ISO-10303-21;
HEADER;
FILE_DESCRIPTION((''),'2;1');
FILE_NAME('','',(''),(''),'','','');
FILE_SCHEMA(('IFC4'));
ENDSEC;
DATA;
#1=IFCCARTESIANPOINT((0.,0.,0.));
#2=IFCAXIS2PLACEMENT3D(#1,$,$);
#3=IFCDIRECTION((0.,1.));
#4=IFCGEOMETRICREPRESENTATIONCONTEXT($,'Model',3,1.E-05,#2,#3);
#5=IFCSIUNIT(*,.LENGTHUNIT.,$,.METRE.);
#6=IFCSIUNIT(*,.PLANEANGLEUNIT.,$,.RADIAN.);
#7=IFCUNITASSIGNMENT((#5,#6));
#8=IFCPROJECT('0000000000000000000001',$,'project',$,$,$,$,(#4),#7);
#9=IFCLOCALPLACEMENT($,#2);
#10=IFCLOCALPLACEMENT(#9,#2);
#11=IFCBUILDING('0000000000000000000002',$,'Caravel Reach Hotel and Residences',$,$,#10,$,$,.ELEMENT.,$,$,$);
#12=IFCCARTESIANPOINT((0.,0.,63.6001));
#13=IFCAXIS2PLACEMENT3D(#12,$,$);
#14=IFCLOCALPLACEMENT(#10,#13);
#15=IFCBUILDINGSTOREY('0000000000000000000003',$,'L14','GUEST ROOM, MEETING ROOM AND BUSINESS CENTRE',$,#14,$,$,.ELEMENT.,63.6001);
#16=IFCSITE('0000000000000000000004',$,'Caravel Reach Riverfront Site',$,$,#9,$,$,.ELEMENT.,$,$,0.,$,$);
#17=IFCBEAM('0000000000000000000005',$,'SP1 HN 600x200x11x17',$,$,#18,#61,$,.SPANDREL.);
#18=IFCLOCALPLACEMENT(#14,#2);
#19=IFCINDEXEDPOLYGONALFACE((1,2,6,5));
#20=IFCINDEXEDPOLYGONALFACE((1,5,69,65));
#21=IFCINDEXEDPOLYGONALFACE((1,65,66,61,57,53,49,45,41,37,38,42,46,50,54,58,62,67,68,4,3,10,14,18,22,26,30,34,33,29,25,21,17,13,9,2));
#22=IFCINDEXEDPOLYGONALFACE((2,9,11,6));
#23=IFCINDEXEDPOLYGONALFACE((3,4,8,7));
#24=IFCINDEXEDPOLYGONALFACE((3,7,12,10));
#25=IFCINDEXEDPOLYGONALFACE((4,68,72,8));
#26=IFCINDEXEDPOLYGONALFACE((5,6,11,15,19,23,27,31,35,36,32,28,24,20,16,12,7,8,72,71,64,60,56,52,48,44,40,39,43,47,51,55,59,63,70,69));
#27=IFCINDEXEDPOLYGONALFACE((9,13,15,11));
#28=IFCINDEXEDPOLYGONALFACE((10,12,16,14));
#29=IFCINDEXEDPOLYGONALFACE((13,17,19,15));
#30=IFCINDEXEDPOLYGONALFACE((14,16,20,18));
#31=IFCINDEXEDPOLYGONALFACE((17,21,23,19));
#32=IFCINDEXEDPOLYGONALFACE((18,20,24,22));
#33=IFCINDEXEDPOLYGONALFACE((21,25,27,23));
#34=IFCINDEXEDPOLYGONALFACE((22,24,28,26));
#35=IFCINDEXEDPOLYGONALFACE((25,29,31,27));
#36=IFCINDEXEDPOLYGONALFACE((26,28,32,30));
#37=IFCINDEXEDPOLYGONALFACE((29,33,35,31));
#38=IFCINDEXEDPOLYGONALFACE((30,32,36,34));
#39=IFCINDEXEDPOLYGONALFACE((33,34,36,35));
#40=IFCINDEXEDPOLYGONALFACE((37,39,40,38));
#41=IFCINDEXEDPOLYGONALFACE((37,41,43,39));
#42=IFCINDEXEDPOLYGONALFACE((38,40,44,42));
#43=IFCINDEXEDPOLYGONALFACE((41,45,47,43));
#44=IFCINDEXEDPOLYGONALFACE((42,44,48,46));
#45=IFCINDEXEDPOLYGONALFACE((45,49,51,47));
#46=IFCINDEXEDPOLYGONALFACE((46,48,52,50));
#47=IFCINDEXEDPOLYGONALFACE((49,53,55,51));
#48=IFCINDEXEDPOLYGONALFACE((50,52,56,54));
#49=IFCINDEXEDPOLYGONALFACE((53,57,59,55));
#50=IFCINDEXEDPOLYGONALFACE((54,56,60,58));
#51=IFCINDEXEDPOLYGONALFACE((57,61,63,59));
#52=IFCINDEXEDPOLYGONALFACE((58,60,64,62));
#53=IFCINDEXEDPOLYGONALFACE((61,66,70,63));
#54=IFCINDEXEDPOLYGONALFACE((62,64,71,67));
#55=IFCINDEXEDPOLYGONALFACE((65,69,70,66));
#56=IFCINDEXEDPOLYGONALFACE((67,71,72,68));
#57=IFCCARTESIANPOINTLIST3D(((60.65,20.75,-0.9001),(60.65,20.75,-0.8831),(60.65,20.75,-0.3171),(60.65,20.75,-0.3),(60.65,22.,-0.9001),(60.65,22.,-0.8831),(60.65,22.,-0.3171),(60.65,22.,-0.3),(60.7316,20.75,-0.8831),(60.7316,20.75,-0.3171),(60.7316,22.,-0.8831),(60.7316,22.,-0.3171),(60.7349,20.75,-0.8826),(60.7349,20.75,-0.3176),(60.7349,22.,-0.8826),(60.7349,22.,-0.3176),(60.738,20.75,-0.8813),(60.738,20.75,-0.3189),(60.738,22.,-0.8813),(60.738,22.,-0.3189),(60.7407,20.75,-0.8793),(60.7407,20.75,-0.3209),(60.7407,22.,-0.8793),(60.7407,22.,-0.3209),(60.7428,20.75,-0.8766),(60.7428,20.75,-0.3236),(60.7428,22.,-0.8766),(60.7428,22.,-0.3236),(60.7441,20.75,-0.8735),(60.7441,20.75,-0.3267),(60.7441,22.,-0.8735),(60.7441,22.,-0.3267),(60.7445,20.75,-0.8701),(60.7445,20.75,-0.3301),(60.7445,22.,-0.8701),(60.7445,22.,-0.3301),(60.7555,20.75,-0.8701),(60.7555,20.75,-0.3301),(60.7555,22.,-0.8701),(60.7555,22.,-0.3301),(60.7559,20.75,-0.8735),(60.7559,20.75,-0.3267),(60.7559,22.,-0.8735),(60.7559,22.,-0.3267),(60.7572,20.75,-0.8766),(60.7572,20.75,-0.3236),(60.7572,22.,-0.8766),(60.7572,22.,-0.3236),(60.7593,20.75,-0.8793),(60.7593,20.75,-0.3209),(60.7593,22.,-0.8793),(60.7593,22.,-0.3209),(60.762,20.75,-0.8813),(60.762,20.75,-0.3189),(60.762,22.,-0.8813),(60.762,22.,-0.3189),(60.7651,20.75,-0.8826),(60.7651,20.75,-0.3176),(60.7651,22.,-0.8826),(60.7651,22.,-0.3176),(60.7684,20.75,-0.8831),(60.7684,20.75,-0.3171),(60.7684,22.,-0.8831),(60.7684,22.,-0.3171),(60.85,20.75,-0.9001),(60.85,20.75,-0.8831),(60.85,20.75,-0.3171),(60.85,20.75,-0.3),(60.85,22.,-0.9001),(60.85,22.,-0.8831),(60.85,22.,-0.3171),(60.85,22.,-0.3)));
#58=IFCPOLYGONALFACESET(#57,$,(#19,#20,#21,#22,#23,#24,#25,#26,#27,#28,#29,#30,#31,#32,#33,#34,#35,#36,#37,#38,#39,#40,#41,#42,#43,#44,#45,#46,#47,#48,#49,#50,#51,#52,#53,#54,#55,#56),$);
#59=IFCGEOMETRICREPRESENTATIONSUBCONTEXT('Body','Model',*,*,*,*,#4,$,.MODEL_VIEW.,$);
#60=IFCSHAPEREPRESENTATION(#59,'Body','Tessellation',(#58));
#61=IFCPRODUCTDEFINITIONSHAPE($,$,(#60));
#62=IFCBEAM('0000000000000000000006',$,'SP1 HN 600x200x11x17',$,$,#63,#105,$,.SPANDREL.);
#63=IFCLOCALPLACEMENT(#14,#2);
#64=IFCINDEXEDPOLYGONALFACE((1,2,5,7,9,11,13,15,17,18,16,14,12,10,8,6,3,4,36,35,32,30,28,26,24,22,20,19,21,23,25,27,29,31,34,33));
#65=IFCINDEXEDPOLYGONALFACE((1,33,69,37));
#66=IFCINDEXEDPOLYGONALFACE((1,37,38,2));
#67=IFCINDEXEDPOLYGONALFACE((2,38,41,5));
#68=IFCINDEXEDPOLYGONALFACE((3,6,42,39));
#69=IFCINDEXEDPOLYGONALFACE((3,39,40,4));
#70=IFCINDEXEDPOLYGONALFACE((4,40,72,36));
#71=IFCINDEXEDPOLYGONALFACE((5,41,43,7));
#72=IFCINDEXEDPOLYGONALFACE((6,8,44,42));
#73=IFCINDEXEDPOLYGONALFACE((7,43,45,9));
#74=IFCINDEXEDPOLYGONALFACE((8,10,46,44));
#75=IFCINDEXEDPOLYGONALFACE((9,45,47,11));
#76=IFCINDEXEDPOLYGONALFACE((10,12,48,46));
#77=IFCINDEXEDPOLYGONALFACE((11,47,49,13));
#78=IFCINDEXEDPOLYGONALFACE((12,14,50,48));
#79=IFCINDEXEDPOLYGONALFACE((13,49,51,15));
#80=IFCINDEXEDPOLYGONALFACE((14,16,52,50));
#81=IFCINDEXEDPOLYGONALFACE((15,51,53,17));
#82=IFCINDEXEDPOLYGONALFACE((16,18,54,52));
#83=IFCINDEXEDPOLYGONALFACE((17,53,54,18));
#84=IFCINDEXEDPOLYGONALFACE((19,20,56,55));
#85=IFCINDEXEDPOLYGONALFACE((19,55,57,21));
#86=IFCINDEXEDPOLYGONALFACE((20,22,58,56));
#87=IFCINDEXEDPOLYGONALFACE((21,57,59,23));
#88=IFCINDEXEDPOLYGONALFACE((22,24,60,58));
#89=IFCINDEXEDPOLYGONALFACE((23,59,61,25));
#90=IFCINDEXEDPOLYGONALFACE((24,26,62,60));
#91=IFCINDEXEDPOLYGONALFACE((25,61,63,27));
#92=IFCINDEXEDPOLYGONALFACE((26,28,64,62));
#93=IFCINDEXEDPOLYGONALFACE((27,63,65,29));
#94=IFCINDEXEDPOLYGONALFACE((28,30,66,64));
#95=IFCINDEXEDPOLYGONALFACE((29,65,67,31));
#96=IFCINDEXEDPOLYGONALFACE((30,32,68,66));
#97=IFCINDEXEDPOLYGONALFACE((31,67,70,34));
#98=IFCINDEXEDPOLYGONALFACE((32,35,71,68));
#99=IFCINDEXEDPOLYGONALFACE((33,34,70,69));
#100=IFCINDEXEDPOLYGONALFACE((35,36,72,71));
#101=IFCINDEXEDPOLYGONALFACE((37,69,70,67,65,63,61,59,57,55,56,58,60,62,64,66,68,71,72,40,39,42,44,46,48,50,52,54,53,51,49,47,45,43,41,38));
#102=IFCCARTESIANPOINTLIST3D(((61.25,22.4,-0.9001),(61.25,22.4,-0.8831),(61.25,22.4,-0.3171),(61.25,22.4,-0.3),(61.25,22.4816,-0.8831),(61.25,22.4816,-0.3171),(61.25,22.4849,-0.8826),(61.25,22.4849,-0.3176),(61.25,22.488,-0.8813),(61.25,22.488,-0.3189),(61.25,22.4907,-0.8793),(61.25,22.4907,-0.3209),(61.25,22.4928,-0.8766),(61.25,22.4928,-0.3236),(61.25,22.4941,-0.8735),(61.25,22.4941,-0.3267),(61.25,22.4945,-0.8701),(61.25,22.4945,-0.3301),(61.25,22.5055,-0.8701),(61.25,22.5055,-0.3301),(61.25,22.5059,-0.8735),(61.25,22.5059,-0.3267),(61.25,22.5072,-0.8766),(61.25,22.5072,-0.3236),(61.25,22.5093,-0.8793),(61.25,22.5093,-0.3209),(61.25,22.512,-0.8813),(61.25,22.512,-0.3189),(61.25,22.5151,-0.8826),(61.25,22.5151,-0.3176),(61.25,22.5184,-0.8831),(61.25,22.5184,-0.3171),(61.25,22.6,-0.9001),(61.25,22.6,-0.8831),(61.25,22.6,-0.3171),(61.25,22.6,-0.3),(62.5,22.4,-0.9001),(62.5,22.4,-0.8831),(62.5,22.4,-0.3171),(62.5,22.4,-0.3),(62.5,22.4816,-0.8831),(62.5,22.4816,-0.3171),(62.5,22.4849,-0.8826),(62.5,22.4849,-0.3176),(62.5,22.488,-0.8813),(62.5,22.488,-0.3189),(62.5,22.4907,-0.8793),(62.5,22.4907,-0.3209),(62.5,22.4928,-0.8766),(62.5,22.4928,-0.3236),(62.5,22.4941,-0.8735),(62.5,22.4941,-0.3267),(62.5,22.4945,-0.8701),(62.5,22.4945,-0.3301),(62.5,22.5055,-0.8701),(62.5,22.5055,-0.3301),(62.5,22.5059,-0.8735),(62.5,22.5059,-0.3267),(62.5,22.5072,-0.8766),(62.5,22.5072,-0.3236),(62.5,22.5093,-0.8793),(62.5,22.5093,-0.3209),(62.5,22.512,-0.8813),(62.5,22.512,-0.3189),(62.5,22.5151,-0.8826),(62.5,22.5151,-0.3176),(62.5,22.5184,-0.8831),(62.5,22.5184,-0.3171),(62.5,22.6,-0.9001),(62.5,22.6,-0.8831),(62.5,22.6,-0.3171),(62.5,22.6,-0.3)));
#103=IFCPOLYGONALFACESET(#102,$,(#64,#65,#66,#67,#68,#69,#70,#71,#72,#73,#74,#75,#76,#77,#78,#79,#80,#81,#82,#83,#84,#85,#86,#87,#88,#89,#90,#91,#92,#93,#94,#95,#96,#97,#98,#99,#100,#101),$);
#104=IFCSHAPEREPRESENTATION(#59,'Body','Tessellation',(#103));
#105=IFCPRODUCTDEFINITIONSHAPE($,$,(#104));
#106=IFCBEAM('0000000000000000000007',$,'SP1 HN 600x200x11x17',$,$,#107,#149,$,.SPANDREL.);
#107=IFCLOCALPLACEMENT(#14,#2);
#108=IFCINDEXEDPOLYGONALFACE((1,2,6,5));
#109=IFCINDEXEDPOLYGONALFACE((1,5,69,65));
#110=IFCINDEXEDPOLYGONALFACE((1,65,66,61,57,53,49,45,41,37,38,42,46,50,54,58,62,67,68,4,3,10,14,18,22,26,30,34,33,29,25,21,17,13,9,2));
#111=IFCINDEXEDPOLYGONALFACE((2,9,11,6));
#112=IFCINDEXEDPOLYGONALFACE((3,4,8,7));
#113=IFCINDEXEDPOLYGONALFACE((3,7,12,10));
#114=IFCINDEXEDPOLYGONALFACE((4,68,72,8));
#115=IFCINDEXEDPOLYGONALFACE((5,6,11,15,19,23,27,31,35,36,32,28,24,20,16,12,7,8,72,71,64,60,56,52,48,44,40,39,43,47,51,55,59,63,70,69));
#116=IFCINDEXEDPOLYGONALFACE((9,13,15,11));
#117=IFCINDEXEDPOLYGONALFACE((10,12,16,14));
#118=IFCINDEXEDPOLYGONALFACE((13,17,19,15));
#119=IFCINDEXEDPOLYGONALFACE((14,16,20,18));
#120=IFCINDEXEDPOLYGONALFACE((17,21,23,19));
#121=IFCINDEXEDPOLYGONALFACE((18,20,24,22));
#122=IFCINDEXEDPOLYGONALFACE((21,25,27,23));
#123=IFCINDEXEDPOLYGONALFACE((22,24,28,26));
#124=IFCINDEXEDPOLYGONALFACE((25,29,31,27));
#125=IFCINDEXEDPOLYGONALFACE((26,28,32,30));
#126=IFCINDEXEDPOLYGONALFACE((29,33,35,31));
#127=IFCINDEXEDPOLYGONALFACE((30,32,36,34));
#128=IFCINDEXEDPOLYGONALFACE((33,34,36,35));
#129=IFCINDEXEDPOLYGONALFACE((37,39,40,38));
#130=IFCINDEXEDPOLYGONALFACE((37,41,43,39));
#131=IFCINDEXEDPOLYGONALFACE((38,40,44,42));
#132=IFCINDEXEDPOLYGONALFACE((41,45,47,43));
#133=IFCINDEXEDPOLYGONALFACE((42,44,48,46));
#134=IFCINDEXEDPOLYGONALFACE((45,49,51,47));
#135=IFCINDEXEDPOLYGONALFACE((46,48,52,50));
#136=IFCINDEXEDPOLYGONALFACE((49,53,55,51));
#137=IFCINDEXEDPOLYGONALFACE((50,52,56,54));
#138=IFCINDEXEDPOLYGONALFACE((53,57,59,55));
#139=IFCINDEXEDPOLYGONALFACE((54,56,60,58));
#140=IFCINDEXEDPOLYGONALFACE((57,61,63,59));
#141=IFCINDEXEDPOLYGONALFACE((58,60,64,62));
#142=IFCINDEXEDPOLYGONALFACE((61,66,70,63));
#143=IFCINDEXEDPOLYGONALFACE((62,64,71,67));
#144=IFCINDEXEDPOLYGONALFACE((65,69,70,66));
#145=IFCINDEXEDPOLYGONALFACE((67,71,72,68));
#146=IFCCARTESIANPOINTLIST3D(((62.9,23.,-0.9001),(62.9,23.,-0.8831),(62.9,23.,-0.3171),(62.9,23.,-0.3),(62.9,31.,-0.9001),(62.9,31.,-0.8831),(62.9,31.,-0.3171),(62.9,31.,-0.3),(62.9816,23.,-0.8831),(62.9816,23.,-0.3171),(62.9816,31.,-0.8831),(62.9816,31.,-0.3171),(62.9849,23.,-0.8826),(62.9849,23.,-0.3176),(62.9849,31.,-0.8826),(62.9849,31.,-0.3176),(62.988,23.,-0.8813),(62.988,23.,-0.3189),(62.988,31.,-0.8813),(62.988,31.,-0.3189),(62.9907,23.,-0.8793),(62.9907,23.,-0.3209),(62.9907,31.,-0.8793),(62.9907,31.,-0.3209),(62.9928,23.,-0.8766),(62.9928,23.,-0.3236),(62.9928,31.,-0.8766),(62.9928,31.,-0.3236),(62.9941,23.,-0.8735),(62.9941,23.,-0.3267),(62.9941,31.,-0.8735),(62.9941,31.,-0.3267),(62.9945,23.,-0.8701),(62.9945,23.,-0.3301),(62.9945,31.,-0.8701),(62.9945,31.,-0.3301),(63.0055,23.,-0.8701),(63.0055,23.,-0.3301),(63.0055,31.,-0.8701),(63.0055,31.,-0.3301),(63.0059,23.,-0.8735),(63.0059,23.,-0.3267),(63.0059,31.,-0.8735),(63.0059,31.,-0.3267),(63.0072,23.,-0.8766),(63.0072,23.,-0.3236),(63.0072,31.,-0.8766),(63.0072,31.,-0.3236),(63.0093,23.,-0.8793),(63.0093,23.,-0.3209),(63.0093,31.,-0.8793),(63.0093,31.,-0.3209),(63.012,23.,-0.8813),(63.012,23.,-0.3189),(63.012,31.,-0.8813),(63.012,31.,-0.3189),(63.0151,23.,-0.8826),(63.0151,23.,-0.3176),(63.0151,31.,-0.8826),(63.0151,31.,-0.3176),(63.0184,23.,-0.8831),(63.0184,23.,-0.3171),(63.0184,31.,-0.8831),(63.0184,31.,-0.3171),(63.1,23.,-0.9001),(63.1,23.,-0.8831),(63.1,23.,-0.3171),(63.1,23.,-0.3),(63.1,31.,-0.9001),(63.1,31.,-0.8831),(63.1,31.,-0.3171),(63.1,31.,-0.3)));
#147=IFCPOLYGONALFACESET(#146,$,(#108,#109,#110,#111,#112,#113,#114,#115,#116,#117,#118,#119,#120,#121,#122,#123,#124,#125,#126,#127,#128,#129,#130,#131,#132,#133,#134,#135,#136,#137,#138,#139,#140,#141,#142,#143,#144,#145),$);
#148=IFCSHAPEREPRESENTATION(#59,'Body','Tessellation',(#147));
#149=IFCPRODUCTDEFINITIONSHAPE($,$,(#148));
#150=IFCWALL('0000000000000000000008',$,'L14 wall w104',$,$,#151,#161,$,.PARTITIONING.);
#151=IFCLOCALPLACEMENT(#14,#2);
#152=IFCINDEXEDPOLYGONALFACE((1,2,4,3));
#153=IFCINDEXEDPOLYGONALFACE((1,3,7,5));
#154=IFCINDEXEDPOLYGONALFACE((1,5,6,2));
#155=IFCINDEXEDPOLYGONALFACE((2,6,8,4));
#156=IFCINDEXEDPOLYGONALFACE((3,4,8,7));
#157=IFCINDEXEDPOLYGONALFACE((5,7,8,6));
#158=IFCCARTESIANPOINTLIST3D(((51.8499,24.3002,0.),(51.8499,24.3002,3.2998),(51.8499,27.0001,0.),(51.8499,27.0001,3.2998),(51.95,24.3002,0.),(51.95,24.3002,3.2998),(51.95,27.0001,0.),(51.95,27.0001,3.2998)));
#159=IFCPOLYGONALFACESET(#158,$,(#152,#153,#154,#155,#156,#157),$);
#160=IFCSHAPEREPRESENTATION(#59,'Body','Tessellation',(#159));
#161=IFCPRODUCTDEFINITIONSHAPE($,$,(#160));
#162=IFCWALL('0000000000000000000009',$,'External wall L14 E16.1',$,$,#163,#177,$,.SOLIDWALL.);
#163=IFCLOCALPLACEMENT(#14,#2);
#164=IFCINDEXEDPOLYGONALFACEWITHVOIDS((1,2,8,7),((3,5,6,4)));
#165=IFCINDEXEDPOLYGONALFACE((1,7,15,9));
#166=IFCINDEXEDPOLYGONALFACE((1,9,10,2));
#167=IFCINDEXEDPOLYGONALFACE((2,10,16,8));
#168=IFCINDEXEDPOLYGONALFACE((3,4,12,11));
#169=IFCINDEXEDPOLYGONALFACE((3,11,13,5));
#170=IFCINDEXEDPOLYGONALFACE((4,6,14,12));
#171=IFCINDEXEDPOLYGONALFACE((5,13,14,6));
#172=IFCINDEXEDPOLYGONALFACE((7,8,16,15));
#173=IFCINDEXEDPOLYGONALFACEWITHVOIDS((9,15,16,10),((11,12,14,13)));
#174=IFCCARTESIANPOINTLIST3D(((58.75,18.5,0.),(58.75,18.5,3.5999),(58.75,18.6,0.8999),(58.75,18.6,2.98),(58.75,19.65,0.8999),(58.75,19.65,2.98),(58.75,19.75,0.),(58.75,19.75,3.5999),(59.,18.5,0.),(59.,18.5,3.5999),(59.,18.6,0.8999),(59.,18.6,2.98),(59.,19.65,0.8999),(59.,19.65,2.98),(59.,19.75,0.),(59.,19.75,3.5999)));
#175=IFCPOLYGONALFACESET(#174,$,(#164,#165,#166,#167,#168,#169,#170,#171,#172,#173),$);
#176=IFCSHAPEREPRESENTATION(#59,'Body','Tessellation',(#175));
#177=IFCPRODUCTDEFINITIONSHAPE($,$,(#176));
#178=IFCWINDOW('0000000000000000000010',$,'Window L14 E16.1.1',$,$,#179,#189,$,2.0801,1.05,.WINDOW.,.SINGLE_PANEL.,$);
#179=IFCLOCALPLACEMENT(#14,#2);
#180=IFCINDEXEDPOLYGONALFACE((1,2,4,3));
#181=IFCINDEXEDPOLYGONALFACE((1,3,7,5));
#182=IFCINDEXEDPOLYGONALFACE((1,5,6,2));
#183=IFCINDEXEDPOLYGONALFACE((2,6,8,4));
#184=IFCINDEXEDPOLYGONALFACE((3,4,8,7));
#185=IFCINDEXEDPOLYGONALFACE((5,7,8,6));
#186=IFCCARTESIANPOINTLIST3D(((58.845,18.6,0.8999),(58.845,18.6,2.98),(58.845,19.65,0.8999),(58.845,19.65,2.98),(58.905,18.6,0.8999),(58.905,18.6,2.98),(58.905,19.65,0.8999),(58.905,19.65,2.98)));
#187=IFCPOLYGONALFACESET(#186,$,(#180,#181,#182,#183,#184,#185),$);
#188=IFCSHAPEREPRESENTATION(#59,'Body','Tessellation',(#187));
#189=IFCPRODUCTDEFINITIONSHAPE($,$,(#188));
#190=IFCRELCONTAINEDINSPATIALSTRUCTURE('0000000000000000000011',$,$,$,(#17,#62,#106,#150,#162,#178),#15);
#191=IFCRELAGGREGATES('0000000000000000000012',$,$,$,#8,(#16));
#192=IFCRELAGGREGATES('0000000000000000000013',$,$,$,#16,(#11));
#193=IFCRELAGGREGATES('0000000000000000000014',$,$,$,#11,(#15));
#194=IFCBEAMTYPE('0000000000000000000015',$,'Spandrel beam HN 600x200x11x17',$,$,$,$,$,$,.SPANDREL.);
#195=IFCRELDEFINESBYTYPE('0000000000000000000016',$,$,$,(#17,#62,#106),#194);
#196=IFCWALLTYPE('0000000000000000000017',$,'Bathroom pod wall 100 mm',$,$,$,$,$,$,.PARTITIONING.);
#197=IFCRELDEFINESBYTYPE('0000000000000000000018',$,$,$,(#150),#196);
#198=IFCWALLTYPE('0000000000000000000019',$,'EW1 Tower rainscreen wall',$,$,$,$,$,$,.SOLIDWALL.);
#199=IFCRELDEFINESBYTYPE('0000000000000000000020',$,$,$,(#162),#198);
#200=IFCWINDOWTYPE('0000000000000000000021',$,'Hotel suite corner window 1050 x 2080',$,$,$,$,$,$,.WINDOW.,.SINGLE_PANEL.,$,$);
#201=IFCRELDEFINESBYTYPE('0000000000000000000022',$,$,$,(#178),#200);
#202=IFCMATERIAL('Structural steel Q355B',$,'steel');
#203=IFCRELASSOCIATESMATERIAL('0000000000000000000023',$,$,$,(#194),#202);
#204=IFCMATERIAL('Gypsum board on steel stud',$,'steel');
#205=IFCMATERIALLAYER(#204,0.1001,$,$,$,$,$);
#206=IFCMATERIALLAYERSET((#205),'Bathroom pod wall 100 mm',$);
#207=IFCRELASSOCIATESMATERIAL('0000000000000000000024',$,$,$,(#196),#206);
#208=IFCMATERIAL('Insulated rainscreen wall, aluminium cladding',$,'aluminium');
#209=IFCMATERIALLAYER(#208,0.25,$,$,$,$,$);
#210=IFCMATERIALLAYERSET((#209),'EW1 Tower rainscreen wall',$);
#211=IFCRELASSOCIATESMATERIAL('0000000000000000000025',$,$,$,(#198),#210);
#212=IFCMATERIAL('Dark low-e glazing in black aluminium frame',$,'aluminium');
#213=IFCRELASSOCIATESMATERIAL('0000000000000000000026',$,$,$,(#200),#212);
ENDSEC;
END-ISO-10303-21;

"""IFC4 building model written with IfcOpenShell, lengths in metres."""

from ifc_helpers import new_model, si_unit, direction, frame, frame_2d, origin, origin_2d, place, context, subcontext, project, spatial, rectangle, i_section, extrude, material, layer, layer_set, material_profile, profile_set, type_object, element, fill, save


model = new_model("IFC4")

# Units and contexts
model_context = context("Model", 3, precision=1e-05, world=origin(), true_north=direction((0.0, 1.0)))
body_context = subcontext(model_context, "Body", "Model", "MODEL_VIEW")
ifc_project = project(units=[si_unit("LENGTHUNIT", "METRE"), si_unit("PLANEANGLEUNIT", "RADIAN")], contexts=[model_context])

# Site, building, storey
site_placement = place(None, origin())
site = spatial("IfcSite", under=ifc_project, at=site_placement, Name="Caravel Reach Riverfront Site", CompositionType="ELEMENT", RefElevation=0.0)
building_placement = place(site_placement, origin())
building = spatial("IfcBuilding", under=site, at=building_placement, Name="Caravel Reach Hotel and Residences", CompositionType="ELEMENT")
storey_placement = place(building_placement, frame((0.0, 0.0, 63.6001)))
storey = spatial("IfcBuildingStorey", under=building, at=storey_placement, Name="L14", Description="GUEST ROOM, MEETING ROOM AND BUSINESS CENTRE", CompositionType="ELEMENT", Elevation=63.6001)

# Beams
ifc_material_1 = material(Name="Structural steel Q355B", Category="steel")
ifc_material_profile_1 = material_profile(ifc_material_1, i_section(OverallWidth=0.2, OverallDepth=0.6001, WebThickness=0.011, FlangeThickness=0.0171, FilletRadius=0.0129, at=origin_2d()), Name="HN 600x200x11x17")
ifc_profile_set_1 = profile_set([ifc_material_profile_1], Name="Structural steel Q355B")
beam_type = type_object("IfcBeamType", Name="Spandrel beam HN 600x200x11x17", PredefinedType="SPANDREL", material=ifc_profile_set_1)
for number, where, z_axis, x_axis, name in (
    (1, (60.75, 20.75, -0.6001), (0.0, 1.0, 0.0), (-1.0, 0.0, 0.0), "SP1 HN 600x200x11x17"),
    (2, (61.25, 22.5, -0.6001), (1.0, 0.0, 0.0), (0.0, 1.0, 0.0), "SP1 HN 600x200x11x17"),
):
    element("IfcBeam", number, at=place(storey_placement, frame(where, z_axis=z_axis, x_axis=x_axis)), inside=storey, type_object=beam_type, Name=name, PredefinedType="SPANDREL", context=body_context, shape_type="SweptSolid", body=[
        extrude(i_section(OverallWidth=0.2, OverallDepth=0.6001, WebThickness=0.011, FlangeThickness=0.0171, FilletRadius=0.0129, at=origin_2d()), origin(), (0.0, 0.0, 1.0), 1.25),
    ])
beam_placement = place(storey_placement, frame((63.0, 23.0, -0.6001), z_axis=(0.0, 1.0, 0.0), x_axis=(-1.0, 0.0, 0.0)))
element("IfcBeam", 3, at=beam_placement, inside=storey, type_object=beam_type, Name="SP1 HN 600x200x11x17", PredefinedType="SPANDREL", context=body_context, shape_type="SweptSolid", body=[
    extrude(i_section(OverallWidth=0.2, OverallDepth=0.6001, WebThickness=0.011, FlangeThickness=0.0171, FilletRadius=0.0129, at=origin_2d()), origin(), (0.0, 0.0, 1.0), 8.0),
])

# Wall
ifc_material_2 = material(Name="Gypsum board on steel stud", Category="steel")
ifc_layer_1 = layer(ifc_material_2, 0.1001)
ifc_layer_set_1 = layer_set([ifc_layer_1], Name="Bathroom pod wall 100 mm")
wall_type_1 = type_object("IfcWallType", Name="Bathroom pod wall 100 mm", PredefinedType="PARTITIONING", material=ifc_layer_set_1)
wall_1_placement = place(storey_placement, frame((51.8999, 24.3, 0.0), z_axis=(0.0, 0.0, 1.0), x_axis=(0.0, 1.0, 0.0)))
element("IfcWall", 4, at=wall_1_placement, inside=storey, type_object=wall_type_1, Name="L14 wall w104", PredefinedType="PARTITIONING", context=body_context, shape_type="SweptSolid", body=[
    extrude(rectangle(XDim=2.7, YDim=0.1001, at=frame_2d((1.3501, 0.0))), origin(), (0.0, 0.0, 1.0), 3.2998),
])

# Wall, opening, window
ifc_material_3 = material(Name="Insulated rainscreen wall, aluminium cladding", Category="aluminium")
ifc_layer_2 = layer(ifc_material_3, 0.25)
ifc_layer_set_2 = layer_set([ifc_layer_2], Name="EW1 Tower rainscreen wall")
wall_type_2 = type_object("IfcWallType", Name="EW1 Tower rainscreen wall", PredefinedType="SOLIDWALL", material=ifc_layer_set_2)
wall_2_placement = place(storey_placement, frame((58.875, 18.5, 0.0), z_axis=(0.0, 0.0, 1.0), x_axis=(0.0, 1.0, 0.0)))
wall_2 = element("IfcWall", 5, at=wall_2_placement, inside=storey, type_object=wall_type_2, Name="External wall L14 E16.1", PredefinedType="SOLIDWALL", context=body_context, shape_type="SweptSolid", body=[
    extrude(rectangle(XDim=1.25, YDim=0.25, at=frame_2d((0.625, 0.0))), origin(), (0.0, 0.0, 1.0), 3.5999),
])
opening_1_placement = place(wall_2_placement, frame((0.1001, 0.0, 0.8999)))
opening_1 = element("IfcOpeningElement", 6, at=opening_1_placement, cuts=wall_2, PredefinedType="OPENING", context=body_context, shape_type="SweptSolid", body=[
    extrude(rectangle(XDim=1.05, YDim=2.0801, at=frame_2d((0.5249, 1.04))), frame((0.0, 0.135, 0.0), z_axis=(0.0, -1.0, 0.0), x_axis=(1.0, 0.0, 0.0)), (0.0, 0.0, 1.0), 0.27),
])
ifc_material_4 = material(Name="Dark low-e glazing in black aluminium frame", Category="aluminium")
window_type_1 = type_object("IfcWindowType", Name="Hotel suite corner window 1050 x 2080", PartitioningType="SINGLE_PANEL", PredefinedType="WINDOW", material=ifc_material_4)
window_1_placement = place(opening_1_placement, origin())
window_1 = element("IfcWindow", 7, at=window_1_placement, inside=storey, type_object=window_type_1, Name="Window L14 E16.1.1", OverallHeight=2.0801, OverallWidth=1.05, PartitioningType="SINGLE_PANEL", PredefinedType="WINDOW", context=body_context, shape_type="SweptSolid", body=[
    extrude(rectangle(XDim=1.05, YDim=2.0801, at=frame_2d((0.5249, 1.04))), frame((0.0, 0.03, 0.0), z_axis=(0.0, -1.0, 0.0), x_axis=(1.0, 0.0, 0.0)), (0.0, 0.0, 1.0), 0.0601),
])
fill(opening_1, window_1)

save(model, "model.ifc")
